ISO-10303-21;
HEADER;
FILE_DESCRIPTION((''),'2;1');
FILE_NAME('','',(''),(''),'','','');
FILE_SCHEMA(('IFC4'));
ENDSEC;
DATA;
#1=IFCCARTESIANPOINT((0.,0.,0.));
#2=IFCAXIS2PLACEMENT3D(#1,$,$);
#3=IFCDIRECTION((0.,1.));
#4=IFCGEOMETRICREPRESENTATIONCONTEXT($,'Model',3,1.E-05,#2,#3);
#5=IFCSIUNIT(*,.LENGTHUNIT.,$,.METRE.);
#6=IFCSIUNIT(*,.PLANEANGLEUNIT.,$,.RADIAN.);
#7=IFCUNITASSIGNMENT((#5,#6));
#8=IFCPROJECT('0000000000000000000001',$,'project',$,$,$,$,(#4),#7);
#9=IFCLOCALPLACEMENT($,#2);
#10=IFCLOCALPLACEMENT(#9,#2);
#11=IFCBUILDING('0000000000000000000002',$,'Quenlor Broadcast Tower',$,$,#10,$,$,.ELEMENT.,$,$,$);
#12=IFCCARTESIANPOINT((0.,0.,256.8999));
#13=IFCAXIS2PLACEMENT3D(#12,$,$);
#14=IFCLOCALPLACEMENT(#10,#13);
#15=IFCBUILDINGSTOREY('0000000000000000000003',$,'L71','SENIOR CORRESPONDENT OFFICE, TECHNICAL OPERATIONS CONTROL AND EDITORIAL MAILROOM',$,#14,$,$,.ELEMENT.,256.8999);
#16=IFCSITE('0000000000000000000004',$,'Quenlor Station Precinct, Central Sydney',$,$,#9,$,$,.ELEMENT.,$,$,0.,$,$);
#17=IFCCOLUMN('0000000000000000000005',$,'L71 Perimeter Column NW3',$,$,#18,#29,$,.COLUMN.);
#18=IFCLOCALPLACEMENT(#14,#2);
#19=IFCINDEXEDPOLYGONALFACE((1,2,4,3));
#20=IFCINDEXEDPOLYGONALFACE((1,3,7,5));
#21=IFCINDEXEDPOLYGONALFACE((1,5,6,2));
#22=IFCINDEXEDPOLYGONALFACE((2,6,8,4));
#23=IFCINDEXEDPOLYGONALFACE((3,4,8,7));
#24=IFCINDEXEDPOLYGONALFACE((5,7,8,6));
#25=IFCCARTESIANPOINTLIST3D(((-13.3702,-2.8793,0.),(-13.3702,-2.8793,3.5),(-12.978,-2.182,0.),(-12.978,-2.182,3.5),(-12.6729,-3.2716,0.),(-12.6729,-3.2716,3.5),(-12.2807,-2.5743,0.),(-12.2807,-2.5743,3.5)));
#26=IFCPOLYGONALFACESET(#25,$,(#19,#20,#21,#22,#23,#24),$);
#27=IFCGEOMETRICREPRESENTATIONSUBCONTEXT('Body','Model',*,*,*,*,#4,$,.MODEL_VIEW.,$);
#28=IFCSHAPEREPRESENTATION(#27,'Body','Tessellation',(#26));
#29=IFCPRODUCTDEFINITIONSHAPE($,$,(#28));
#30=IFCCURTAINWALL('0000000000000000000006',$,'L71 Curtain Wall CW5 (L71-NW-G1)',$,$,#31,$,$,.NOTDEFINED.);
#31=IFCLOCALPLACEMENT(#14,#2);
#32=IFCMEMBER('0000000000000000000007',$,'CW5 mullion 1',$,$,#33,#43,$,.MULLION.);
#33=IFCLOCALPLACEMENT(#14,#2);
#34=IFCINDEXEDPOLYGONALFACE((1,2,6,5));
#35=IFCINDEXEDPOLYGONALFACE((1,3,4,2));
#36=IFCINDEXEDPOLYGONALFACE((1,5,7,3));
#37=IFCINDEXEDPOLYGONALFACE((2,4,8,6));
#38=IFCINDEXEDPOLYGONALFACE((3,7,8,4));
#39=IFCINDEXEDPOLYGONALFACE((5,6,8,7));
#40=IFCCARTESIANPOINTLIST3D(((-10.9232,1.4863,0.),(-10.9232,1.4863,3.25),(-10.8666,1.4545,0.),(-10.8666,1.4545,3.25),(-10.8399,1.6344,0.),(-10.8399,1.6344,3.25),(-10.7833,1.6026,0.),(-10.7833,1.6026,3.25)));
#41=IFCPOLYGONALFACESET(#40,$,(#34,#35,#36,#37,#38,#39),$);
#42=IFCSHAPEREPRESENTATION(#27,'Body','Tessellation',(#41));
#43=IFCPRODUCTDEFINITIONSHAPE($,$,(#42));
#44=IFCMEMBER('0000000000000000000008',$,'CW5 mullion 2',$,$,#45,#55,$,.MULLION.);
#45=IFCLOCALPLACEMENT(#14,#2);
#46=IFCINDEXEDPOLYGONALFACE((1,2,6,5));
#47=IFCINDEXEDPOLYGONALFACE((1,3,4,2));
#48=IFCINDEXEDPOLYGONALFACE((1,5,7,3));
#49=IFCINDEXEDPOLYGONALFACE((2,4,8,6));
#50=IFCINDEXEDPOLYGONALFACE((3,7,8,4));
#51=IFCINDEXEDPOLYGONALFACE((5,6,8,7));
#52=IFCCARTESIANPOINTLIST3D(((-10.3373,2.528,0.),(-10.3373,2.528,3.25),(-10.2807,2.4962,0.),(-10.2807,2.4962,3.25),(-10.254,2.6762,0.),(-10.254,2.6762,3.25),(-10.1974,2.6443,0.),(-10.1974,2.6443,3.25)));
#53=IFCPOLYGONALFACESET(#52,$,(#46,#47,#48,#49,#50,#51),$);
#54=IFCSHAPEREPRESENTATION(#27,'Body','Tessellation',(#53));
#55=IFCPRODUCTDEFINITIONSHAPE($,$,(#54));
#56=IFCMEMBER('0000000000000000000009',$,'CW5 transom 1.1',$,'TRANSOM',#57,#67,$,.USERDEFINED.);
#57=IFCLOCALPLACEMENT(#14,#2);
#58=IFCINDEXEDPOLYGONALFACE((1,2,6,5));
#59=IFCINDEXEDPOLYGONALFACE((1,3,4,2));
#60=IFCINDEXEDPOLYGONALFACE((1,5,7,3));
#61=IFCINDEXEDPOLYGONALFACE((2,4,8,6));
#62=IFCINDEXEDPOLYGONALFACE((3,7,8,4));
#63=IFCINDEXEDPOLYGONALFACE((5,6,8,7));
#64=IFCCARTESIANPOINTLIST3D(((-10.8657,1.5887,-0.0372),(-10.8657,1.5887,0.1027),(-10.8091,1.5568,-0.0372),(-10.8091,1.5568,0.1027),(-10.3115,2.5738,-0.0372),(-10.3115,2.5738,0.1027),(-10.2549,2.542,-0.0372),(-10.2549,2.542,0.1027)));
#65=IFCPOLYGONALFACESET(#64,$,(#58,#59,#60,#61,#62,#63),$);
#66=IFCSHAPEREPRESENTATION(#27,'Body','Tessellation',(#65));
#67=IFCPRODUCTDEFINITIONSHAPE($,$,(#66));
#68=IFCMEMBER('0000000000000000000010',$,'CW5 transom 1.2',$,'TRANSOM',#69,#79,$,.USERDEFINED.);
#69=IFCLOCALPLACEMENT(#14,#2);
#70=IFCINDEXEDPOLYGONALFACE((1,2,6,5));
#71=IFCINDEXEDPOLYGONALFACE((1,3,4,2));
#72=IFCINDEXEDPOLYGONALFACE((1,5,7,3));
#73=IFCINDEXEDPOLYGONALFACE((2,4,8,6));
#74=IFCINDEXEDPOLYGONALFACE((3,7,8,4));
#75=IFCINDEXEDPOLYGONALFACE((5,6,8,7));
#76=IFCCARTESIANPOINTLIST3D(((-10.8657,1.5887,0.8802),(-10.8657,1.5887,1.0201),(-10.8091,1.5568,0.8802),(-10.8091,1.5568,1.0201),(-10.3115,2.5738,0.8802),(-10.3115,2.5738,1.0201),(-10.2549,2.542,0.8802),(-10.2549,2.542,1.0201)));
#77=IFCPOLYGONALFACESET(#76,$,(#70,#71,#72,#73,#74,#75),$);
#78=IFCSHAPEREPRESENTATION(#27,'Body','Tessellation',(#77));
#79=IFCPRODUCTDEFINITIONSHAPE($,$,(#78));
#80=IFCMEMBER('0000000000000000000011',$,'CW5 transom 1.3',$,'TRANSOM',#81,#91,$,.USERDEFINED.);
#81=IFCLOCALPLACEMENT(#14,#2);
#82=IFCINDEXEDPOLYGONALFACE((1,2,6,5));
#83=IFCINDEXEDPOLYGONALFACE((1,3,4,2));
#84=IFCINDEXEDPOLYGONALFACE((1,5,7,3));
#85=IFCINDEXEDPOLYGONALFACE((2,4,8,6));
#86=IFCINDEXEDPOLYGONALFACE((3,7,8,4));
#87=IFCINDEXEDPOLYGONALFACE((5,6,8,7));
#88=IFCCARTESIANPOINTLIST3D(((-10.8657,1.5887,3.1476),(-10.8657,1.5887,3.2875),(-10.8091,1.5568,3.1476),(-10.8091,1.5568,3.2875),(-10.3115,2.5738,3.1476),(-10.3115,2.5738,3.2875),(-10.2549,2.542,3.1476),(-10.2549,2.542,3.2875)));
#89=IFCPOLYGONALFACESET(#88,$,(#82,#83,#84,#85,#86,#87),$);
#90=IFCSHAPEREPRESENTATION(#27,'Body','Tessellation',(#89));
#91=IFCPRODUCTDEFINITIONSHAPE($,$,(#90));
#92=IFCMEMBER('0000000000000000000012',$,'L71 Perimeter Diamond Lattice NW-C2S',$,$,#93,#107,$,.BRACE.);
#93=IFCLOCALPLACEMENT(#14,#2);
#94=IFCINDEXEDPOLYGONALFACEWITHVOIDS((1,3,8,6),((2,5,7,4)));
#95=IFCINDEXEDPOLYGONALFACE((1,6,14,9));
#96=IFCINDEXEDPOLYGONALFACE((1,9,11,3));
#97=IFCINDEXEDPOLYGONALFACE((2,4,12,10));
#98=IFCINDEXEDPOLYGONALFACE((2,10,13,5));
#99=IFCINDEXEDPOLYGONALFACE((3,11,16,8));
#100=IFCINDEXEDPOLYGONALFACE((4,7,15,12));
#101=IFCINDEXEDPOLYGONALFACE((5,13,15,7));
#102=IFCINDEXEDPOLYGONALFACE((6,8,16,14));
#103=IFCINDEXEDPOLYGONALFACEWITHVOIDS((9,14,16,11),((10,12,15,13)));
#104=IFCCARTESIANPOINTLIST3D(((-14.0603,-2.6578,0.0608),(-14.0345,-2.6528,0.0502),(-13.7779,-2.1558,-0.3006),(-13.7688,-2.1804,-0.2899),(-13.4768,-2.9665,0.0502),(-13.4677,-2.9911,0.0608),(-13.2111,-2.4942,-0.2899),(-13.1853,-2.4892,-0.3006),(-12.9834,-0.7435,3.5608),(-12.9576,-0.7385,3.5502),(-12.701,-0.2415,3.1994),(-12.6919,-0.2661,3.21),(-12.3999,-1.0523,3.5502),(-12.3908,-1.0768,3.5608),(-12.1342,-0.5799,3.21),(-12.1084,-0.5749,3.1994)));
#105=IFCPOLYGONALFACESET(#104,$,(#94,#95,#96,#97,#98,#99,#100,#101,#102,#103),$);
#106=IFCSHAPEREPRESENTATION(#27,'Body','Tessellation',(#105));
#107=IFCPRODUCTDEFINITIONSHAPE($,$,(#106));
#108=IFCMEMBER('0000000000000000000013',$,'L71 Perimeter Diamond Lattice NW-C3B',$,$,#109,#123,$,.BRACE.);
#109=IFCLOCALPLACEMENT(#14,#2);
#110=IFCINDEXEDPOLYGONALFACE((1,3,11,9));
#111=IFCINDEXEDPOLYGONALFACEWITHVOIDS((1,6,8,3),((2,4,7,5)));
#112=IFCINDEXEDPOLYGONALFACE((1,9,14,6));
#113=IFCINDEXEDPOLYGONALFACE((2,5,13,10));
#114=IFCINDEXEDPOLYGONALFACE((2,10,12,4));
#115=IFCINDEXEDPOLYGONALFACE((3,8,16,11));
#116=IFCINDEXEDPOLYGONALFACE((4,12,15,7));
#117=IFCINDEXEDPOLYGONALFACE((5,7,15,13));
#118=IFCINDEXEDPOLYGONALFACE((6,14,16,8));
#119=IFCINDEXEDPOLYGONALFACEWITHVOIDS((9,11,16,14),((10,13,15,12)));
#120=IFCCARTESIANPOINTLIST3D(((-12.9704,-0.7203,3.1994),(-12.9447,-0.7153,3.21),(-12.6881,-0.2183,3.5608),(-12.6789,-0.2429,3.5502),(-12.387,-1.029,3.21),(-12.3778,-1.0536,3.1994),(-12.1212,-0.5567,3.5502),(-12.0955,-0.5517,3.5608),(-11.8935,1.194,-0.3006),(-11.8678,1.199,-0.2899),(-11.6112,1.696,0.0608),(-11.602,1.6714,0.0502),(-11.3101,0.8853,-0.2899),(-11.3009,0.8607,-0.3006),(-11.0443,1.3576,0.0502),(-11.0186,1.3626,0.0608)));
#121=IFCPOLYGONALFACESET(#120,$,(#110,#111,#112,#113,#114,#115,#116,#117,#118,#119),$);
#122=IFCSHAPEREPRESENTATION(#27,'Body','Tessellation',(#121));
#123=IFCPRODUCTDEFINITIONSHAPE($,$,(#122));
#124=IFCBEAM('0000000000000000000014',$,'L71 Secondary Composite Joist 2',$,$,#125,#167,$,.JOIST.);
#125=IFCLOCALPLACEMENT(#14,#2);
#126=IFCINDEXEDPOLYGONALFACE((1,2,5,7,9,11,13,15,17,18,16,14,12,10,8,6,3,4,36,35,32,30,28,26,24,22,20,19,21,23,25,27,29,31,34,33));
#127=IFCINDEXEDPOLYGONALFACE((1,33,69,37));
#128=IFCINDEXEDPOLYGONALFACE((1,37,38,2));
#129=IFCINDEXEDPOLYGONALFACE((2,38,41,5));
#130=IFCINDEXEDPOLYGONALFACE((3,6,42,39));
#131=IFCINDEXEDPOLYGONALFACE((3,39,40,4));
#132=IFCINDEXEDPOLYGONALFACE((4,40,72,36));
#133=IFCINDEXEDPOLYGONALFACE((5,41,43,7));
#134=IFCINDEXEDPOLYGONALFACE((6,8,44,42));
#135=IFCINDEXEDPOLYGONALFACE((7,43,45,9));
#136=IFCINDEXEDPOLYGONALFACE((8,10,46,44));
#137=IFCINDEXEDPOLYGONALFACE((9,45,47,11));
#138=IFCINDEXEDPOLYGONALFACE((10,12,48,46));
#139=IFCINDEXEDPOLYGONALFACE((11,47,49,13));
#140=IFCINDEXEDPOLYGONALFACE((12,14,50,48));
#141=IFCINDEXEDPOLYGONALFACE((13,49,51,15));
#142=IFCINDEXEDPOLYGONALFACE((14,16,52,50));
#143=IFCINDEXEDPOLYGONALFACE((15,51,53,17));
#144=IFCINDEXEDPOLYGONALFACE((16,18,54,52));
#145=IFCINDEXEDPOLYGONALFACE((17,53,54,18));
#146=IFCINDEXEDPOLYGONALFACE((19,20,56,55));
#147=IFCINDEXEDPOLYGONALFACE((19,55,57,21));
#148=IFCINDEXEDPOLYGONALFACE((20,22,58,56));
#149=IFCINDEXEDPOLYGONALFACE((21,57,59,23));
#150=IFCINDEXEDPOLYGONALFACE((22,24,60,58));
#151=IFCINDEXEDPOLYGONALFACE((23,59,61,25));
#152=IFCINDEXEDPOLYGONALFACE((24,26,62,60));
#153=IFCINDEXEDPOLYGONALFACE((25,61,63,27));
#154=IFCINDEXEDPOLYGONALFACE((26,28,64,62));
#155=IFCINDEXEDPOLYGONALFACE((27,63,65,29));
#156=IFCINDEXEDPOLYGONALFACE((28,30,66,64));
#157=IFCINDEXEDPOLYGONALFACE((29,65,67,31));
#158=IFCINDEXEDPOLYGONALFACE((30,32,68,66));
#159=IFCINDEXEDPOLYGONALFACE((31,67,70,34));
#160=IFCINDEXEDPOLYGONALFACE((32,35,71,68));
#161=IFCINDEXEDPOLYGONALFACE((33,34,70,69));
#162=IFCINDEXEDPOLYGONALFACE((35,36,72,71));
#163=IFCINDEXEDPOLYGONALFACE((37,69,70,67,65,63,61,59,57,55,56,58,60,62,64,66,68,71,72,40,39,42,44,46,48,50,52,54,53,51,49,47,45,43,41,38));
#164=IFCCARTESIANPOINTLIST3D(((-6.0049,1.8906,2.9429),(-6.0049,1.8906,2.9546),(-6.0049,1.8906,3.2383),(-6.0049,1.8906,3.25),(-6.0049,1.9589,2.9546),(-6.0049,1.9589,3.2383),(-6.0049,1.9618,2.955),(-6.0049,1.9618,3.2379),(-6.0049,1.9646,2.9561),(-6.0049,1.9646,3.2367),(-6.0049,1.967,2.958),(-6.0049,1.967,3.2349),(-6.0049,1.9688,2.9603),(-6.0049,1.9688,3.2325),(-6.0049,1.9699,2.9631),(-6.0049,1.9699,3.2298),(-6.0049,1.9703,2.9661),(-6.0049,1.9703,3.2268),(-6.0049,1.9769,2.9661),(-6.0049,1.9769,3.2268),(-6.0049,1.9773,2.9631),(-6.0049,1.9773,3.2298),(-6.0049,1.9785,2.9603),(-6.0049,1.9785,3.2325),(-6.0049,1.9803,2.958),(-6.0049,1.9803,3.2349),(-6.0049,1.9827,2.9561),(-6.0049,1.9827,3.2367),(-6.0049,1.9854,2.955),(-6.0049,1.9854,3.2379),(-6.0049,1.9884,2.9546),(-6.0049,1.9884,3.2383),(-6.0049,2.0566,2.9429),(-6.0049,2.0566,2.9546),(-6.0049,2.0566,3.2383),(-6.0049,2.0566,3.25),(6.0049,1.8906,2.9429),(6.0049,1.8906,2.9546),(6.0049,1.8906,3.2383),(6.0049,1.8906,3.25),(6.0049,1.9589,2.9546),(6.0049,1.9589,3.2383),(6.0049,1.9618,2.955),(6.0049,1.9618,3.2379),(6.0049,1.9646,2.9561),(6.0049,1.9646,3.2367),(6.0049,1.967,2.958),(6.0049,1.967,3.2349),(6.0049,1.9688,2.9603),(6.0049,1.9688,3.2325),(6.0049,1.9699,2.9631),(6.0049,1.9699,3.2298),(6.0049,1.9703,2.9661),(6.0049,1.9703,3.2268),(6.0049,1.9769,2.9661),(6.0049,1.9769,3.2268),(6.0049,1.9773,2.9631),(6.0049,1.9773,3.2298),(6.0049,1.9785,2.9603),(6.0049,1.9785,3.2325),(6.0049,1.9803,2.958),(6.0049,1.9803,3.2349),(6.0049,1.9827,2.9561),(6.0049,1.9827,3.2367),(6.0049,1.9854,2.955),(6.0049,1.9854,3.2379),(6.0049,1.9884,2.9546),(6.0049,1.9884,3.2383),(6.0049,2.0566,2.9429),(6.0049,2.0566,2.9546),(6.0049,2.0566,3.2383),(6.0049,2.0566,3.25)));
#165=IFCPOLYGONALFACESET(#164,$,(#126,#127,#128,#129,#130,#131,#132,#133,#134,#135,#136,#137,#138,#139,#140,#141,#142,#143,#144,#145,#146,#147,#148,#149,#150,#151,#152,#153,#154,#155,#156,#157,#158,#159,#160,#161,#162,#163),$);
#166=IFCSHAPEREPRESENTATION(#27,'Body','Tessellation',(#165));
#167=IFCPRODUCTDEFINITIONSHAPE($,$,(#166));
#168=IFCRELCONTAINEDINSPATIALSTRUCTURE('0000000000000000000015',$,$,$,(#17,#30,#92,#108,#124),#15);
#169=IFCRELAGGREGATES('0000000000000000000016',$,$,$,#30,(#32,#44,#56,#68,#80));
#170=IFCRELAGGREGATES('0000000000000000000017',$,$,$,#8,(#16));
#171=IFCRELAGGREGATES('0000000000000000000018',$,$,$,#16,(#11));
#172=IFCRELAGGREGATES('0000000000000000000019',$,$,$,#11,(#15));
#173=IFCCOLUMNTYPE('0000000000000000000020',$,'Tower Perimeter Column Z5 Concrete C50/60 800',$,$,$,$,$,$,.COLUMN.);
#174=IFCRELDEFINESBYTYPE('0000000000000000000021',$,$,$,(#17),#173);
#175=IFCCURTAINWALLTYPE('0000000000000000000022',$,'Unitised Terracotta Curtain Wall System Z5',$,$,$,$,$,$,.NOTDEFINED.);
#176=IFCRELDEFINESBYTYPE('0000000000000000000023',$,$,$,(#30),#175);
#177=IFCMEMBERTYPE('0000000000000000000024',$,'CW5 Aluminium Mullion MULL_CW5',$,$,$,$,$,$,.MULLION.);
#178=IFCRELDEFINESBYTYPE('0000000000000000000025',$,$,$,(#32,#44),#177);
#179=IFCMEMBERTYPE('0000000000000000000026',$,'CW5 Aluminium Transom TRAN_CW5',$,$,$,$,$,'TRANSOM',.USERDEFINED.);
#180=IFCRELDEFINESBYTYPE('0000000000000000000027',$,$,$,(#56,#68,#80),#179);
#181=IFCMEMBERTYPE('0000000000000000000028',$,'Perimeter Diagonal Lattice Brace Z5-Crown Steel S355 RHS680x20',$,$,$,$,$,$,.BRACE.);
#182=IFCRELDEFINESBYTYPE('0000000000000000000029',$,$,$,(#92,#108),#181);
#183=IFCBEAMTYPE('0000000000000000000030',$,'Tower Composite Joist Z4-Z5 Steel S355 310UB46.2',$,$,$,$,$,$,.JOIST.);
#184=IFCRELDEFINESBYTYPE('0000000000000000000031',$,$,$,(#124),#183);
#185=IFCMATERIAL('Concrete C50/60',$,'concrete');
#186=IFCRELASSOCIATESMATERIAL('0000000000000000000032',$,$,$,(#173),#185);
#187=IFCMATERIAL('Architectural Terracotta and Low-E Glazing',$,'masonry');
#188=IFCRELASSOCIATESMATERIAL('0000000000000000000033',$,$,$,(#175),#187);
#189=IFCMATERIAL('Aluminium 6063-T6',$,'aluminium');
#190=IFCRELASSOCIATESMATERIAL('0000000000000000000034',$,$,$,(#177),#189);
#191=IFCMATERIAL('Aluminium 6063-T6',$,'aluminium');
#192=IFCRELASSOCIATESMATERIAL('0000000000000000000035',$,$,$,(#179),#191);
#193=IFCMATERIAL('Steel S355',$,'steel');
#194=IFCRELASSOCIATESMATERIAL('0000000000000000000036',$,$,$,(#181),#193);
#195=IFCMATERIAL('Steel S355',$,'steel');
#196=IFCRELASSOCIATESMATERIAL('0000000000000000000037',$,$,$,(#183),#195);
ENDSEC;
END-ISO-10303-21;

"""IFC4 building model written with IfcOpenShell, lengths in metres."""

from ifc_helpers import new_model, si_unit, direction, frame, origin, origin_2d, place, context, subcontext, project, spatial, rectangle, hollow_rectangle, i_section, extrude, material, material_profile, profile_set, type_object, element, aggregate, save


model = new_model("IFC4")

# Units and contexts
model_context = context("Model", 3, precision=1e-05, world=origin(), true_north=direction((0.0, 1.0)))
body_context = subcontext(model_context, "Body", "Model", "MODEL_VIEW")
ifc_project = project(units=[si_unit("LENGTHUNIT", "METRE"), si_unit("PLANEANGLEUNIT", "RADIAN")], contexts=[model_context])

# Site, building, storey
site_placement = place(None, origin())
site = spatial("IfcSite", under=ifc_project, at=site_placement, Name="Quenlor Station Precinct, Central Sydney", CompositionType="ELEMENT", RefElevation=0.0)
building_placement = place(site_placement, origin())
building = spatial("IfcBuilding", under=site, at=building_placement, Name="Quenlor Broadcast Tower", CompositionType="ELEMENT")
storey_placement = place(building_placement, frame((0.0, 0.0, 256.8999)))
storey = spatial("IfcBuildingStorey", under=building, at=storey_placement, Name="L71", Description="SENIOR CORRESPONDENT OFFICE, TECHNICAL OPERATIONS CONTROL AND EDITORIAL MAILROOM", CompositionType="ELEMENT", Elevation=256.8999)

# Column
ifc_material_1 = material(Name="Concrete C50/60", Category="concrete")
ifc_material_profile_1 = material_profile(ifc_material_1, rectangle(XDim=0.8, YDim=0.8, at=origin_2d()))
ifc_profile_set_1 = profile_set([ifc_material_profile_1], Name="Concrete C50/60 RC800x800")
column_type = type_object("IfcColumnType", Name="Tower Perimeter Column Z5 Concrete C50/60 800", PredefinedType="COLUMN", material=ifc_profile_set_1)
column_placement = place(storey_placement, frame((-12.8254, -2.7268, 0.0), z_axis=(0.0, 0.0, 1.0), x_axis=(-0.871575, 0.490262, 0.0)))
element("IfcColumn", 1, at=column_placement, inside=storey, type_object=column_type, Name="L71 Perimeter Column NW3", PredefinedType="COLUMN", context=body_context, shape_type="SweptSolid", body=[
    extrude(rectangle(XDim=0.8, YDim=0.8, at=origin_2d()), origin(), (0.0, 0.0, 1.0), 3.5),
])

# Curtain wall, members
ifc_material_2 = material(Name="Architectural Terracotta and Low-E Glazing", Category="masonry")
curtain_wall_type = type_object("IfcCurtainWallType", Name="Unitised Terracotta Curtain Wall System Z5", PredefinedType="NOTDEFINED", material=ifc_material_2)
curtain_wall_placement = place(storey_placement, origin())
curtain_wall = element("IfcCurtainWall", 2, at=curtain_wall_placement, inside=storey, type_object=curtain_wall_type, Name="L71 Curtain Wall CW5 (L71-NW-G1)", PredefinedType="NOTDEFINED")
ifc_material_3 = material(Name="Aluminium 6063-T6", Category="aluminium")
ifc_material_profile_2 = material_profile(ifc_material_3, rectangle(XDim=0.0649, YDim=0.1699, at=origin_2d()))
ifc_profile_set_2 = profile_set([ifc_material_profile_2], Name="Aluminium 6063-T6 MULL65x170")
member_type_1 = type_object("IfcMemberType", Name="CW5 Aluminium Mullion MULL_CW5", PredefinedType="MULLION", material=ifc_profile_set_2)
member_1_placement = place(storey_placement, frame((-10.8533, 1.5444, 0.0), z_axis=(0.0, 0.0, 1.0), x_axis=(-0.871592, 0.490231, 0.0)))
member_1 = element("IfcMember", 3, at=member_1_placement, type_object=member_type_1, Name="CW5 mullion 1", PredefinedType="MULLION", context=body_context, shape_type="SweptSolid", body=[
    extrude(rectangle(XDim=0.0649, YDim=0.1699, at=origin_2d()), origin(), (0.0, 0.0, 1.0), 3.25),
])
member_2_placement = place(storey_placement, frame((-10.2673, 2.5862, 0.0), z_axis=(0.0, 0.0, 1.0), x_axis=(-0.871592, 0.490231, 0.0)))
member_2 = element("IfcMember", 4, at=member_2_placement, type_object=member_type_1, Name="CW5 mullion 2", PredefinedType="MULLION", context=body_context, shape_type="SweptSolid", body=[
    extrude(rectangle(XDim=0.0649, YDim=0.1699, at=origin_2d()), origin(), (0.0, 0.0, 1.0), 3.25),
])
ifc_material_4 = material(Name="Aluminium 6063-T6", Category="aluminium")
ifc_material_profile_3 = material_profile(ifc_material_4, rectangle(XDim=0.0649, YDim=0.1399, at=origin_2d()))
ifc_profile_set_3 = profile_set([ifc_material_profile_3], Name="Aluminium 6063-T6 TRAN65x140")
member_type_2 = type_object("IfcMemberType", Name="CW5 Aluminium Transom TRAN_CW5", ElementType="TRANSOM", PredefinedType="USERDEFINED", material=ifc_profile_set_3)
member_3_placement = place(storey_placement, frame((-10.8374, 1.5728, 0.0327), z_axis=(0.490313, 0.871547, 0.0), x_axis=(-0.871547, 0.490313, 0.0)))
member_3 = element("IfcMember", 5, at=member_3_placement, type_object=member_type_2, Name="CW5 transom 1.1", ObjectType="TRANSOM", PredefinedType="USERDEFINED", context=body_context, shape_type="SweptSolid", body=[
    extrude(rectangle(XDim=0.0649, YDim=0.1399, at=origin_2d()), origin(), (0.0, 0.0, 1.0), 1.1304),
])
member_4_placement = place(storey_placement, frame((-10.8374, 1.5728, 0.9502), z_axis=(0.490313, 0.871547, 0.0), x_axis=(-0.871547, 0.490313, 0.0)))
member_4 = element("IfcMember", 6, at=member_4_placement, type_object=member_type_2, Name="CW5 transom 1.2", ObjectType="TRANSOM", PredefinedType="USERDEFINED", context=body_context, shape_type="SweptSolid", body=[
    extrude(rectangle(XDim=0.0649, YDim=0.1399, at=origin_2d()), origin(), (0.0, 0.0, 1.0), 1.1304),
])
member_5_placement = place(storey_placement, frame((-10.8374, 1.5728, 3.2175), z_axis=(0.490313, 0.871547, 0.0), x_axis=(-0.871547, 0.490313, 0.0)))
member_5 = element("IfcMember", 7, at=member_5_placement, type_object=member_type_2, Name="CW5 transom 1.3", ObjectType="TRANSOM", PredefinedType="USERDEFINED", context=body_context, shape_type="SweptSolid", body=[
    extrude(rectangle(XDim=0.0649, YDim=0.1399, at=origin_2d()), origin(), (0.0, 0.0, 1.0), 1.1304),
])

# Members
ifc_material_5 = material(Name="Steel S355", Category="steel")
ifc_material_profile_4 = material_profile(ifc_material_5, hollow_rectangle(XDim=0.6799, YDim=0.6799, WallThickness=0.02, at=origin_2d()))
ifc_profile_set_4 = profile_set([ifc_material_profile_4], Name="Steel S355 RHS680x680x20")
member_type_3 = type_object("IfcMemberType", Name="Perimeter Diagonal Lattice Brace Z5-Crown Steel S355 RHS680x20", PredefinedType="BRACE", material=ifc_profile_set_4)
for number, where, z_axis, x_axis, name in (
    (8, (-13.6228, -2.5735, -0.1199), (0.260619, 0.463276, 0.847026), (-0.871555, 0.490298, 0.0), "L71 Perimeter Diamond Lattice NW-C2S"),
    (9, (-11.4561, 1.2783, -0.1199), (-0.260619, -0.463276, 0.847026), (0.871555, -0.490298, 0.0), "L71 Perimeter Diamond Lattice NW-C3B"),
):
    element("IfcMember", number, at=place(storey_placement, frame(where, z_axis=z_axis, x_axis=x_axis)), inside=storey, type_object=member_type_3, Name=name, PredefinedType="BRACE", context=body_context, shape_type="SweptSolid", body=[
        extrude(hollow_rectangle(XDim=0.6799, YDim=0.6799, WallThickness=0.02, at=origin_2d()), origin(), (0.0, 0.0, 1.0), 4.1321),
    ])

# Beam
ifc_material_6 = material(Name="Steel S355", Category="steel")
ifc_material_profile_5 = material_profile(ifc_material_6, i_section(OverallWidth=0.166, OverallDepth=0.3071, WebThickness=0.0066, FlangeThickness=0.0117, FilletRadius=0.0115, at=origin_2d()))
ifc_profile_set_5 = profile_set([ifc_material_profile_5], Name="Steel S355 310UB46.2")
beam_type = type_object("IfcBeamType", Name="Tower Composite Joist Z4-Z5 Steel S355 310UB46.2", PredefinedType="JOIST", material=ifc_profile_set_5)
beam_1_placement = place(storey_placement, frame((-6.0049, 1.9736, 3.0964), z_axis=(1.0, 0.0, 0.0), x_axis=(0.0, 1.0, 0.0)))
element("IfcBeam", 10, at=beam_1_placement, inside=storey, type_object=beam_type, Name="L71 Secondary Composite Joist 2", PredefinedType="JOIST", context=body_context, shape_type="SweptSolid", body=[
    extrude(i_section(OverallWidth=0.166, OverallDepth=0.3071, WebThickness=0.0066, FlangeThickness=0.0117, FilletRadius=0.0115, at=origin_2d()), origin(), (0.0, 0.0, 1.0), 12.0098),
])

aggregate(curtain_wall, [member_1, member_2, member_3, member_4, member_5])

save(model, "model.ifc")
